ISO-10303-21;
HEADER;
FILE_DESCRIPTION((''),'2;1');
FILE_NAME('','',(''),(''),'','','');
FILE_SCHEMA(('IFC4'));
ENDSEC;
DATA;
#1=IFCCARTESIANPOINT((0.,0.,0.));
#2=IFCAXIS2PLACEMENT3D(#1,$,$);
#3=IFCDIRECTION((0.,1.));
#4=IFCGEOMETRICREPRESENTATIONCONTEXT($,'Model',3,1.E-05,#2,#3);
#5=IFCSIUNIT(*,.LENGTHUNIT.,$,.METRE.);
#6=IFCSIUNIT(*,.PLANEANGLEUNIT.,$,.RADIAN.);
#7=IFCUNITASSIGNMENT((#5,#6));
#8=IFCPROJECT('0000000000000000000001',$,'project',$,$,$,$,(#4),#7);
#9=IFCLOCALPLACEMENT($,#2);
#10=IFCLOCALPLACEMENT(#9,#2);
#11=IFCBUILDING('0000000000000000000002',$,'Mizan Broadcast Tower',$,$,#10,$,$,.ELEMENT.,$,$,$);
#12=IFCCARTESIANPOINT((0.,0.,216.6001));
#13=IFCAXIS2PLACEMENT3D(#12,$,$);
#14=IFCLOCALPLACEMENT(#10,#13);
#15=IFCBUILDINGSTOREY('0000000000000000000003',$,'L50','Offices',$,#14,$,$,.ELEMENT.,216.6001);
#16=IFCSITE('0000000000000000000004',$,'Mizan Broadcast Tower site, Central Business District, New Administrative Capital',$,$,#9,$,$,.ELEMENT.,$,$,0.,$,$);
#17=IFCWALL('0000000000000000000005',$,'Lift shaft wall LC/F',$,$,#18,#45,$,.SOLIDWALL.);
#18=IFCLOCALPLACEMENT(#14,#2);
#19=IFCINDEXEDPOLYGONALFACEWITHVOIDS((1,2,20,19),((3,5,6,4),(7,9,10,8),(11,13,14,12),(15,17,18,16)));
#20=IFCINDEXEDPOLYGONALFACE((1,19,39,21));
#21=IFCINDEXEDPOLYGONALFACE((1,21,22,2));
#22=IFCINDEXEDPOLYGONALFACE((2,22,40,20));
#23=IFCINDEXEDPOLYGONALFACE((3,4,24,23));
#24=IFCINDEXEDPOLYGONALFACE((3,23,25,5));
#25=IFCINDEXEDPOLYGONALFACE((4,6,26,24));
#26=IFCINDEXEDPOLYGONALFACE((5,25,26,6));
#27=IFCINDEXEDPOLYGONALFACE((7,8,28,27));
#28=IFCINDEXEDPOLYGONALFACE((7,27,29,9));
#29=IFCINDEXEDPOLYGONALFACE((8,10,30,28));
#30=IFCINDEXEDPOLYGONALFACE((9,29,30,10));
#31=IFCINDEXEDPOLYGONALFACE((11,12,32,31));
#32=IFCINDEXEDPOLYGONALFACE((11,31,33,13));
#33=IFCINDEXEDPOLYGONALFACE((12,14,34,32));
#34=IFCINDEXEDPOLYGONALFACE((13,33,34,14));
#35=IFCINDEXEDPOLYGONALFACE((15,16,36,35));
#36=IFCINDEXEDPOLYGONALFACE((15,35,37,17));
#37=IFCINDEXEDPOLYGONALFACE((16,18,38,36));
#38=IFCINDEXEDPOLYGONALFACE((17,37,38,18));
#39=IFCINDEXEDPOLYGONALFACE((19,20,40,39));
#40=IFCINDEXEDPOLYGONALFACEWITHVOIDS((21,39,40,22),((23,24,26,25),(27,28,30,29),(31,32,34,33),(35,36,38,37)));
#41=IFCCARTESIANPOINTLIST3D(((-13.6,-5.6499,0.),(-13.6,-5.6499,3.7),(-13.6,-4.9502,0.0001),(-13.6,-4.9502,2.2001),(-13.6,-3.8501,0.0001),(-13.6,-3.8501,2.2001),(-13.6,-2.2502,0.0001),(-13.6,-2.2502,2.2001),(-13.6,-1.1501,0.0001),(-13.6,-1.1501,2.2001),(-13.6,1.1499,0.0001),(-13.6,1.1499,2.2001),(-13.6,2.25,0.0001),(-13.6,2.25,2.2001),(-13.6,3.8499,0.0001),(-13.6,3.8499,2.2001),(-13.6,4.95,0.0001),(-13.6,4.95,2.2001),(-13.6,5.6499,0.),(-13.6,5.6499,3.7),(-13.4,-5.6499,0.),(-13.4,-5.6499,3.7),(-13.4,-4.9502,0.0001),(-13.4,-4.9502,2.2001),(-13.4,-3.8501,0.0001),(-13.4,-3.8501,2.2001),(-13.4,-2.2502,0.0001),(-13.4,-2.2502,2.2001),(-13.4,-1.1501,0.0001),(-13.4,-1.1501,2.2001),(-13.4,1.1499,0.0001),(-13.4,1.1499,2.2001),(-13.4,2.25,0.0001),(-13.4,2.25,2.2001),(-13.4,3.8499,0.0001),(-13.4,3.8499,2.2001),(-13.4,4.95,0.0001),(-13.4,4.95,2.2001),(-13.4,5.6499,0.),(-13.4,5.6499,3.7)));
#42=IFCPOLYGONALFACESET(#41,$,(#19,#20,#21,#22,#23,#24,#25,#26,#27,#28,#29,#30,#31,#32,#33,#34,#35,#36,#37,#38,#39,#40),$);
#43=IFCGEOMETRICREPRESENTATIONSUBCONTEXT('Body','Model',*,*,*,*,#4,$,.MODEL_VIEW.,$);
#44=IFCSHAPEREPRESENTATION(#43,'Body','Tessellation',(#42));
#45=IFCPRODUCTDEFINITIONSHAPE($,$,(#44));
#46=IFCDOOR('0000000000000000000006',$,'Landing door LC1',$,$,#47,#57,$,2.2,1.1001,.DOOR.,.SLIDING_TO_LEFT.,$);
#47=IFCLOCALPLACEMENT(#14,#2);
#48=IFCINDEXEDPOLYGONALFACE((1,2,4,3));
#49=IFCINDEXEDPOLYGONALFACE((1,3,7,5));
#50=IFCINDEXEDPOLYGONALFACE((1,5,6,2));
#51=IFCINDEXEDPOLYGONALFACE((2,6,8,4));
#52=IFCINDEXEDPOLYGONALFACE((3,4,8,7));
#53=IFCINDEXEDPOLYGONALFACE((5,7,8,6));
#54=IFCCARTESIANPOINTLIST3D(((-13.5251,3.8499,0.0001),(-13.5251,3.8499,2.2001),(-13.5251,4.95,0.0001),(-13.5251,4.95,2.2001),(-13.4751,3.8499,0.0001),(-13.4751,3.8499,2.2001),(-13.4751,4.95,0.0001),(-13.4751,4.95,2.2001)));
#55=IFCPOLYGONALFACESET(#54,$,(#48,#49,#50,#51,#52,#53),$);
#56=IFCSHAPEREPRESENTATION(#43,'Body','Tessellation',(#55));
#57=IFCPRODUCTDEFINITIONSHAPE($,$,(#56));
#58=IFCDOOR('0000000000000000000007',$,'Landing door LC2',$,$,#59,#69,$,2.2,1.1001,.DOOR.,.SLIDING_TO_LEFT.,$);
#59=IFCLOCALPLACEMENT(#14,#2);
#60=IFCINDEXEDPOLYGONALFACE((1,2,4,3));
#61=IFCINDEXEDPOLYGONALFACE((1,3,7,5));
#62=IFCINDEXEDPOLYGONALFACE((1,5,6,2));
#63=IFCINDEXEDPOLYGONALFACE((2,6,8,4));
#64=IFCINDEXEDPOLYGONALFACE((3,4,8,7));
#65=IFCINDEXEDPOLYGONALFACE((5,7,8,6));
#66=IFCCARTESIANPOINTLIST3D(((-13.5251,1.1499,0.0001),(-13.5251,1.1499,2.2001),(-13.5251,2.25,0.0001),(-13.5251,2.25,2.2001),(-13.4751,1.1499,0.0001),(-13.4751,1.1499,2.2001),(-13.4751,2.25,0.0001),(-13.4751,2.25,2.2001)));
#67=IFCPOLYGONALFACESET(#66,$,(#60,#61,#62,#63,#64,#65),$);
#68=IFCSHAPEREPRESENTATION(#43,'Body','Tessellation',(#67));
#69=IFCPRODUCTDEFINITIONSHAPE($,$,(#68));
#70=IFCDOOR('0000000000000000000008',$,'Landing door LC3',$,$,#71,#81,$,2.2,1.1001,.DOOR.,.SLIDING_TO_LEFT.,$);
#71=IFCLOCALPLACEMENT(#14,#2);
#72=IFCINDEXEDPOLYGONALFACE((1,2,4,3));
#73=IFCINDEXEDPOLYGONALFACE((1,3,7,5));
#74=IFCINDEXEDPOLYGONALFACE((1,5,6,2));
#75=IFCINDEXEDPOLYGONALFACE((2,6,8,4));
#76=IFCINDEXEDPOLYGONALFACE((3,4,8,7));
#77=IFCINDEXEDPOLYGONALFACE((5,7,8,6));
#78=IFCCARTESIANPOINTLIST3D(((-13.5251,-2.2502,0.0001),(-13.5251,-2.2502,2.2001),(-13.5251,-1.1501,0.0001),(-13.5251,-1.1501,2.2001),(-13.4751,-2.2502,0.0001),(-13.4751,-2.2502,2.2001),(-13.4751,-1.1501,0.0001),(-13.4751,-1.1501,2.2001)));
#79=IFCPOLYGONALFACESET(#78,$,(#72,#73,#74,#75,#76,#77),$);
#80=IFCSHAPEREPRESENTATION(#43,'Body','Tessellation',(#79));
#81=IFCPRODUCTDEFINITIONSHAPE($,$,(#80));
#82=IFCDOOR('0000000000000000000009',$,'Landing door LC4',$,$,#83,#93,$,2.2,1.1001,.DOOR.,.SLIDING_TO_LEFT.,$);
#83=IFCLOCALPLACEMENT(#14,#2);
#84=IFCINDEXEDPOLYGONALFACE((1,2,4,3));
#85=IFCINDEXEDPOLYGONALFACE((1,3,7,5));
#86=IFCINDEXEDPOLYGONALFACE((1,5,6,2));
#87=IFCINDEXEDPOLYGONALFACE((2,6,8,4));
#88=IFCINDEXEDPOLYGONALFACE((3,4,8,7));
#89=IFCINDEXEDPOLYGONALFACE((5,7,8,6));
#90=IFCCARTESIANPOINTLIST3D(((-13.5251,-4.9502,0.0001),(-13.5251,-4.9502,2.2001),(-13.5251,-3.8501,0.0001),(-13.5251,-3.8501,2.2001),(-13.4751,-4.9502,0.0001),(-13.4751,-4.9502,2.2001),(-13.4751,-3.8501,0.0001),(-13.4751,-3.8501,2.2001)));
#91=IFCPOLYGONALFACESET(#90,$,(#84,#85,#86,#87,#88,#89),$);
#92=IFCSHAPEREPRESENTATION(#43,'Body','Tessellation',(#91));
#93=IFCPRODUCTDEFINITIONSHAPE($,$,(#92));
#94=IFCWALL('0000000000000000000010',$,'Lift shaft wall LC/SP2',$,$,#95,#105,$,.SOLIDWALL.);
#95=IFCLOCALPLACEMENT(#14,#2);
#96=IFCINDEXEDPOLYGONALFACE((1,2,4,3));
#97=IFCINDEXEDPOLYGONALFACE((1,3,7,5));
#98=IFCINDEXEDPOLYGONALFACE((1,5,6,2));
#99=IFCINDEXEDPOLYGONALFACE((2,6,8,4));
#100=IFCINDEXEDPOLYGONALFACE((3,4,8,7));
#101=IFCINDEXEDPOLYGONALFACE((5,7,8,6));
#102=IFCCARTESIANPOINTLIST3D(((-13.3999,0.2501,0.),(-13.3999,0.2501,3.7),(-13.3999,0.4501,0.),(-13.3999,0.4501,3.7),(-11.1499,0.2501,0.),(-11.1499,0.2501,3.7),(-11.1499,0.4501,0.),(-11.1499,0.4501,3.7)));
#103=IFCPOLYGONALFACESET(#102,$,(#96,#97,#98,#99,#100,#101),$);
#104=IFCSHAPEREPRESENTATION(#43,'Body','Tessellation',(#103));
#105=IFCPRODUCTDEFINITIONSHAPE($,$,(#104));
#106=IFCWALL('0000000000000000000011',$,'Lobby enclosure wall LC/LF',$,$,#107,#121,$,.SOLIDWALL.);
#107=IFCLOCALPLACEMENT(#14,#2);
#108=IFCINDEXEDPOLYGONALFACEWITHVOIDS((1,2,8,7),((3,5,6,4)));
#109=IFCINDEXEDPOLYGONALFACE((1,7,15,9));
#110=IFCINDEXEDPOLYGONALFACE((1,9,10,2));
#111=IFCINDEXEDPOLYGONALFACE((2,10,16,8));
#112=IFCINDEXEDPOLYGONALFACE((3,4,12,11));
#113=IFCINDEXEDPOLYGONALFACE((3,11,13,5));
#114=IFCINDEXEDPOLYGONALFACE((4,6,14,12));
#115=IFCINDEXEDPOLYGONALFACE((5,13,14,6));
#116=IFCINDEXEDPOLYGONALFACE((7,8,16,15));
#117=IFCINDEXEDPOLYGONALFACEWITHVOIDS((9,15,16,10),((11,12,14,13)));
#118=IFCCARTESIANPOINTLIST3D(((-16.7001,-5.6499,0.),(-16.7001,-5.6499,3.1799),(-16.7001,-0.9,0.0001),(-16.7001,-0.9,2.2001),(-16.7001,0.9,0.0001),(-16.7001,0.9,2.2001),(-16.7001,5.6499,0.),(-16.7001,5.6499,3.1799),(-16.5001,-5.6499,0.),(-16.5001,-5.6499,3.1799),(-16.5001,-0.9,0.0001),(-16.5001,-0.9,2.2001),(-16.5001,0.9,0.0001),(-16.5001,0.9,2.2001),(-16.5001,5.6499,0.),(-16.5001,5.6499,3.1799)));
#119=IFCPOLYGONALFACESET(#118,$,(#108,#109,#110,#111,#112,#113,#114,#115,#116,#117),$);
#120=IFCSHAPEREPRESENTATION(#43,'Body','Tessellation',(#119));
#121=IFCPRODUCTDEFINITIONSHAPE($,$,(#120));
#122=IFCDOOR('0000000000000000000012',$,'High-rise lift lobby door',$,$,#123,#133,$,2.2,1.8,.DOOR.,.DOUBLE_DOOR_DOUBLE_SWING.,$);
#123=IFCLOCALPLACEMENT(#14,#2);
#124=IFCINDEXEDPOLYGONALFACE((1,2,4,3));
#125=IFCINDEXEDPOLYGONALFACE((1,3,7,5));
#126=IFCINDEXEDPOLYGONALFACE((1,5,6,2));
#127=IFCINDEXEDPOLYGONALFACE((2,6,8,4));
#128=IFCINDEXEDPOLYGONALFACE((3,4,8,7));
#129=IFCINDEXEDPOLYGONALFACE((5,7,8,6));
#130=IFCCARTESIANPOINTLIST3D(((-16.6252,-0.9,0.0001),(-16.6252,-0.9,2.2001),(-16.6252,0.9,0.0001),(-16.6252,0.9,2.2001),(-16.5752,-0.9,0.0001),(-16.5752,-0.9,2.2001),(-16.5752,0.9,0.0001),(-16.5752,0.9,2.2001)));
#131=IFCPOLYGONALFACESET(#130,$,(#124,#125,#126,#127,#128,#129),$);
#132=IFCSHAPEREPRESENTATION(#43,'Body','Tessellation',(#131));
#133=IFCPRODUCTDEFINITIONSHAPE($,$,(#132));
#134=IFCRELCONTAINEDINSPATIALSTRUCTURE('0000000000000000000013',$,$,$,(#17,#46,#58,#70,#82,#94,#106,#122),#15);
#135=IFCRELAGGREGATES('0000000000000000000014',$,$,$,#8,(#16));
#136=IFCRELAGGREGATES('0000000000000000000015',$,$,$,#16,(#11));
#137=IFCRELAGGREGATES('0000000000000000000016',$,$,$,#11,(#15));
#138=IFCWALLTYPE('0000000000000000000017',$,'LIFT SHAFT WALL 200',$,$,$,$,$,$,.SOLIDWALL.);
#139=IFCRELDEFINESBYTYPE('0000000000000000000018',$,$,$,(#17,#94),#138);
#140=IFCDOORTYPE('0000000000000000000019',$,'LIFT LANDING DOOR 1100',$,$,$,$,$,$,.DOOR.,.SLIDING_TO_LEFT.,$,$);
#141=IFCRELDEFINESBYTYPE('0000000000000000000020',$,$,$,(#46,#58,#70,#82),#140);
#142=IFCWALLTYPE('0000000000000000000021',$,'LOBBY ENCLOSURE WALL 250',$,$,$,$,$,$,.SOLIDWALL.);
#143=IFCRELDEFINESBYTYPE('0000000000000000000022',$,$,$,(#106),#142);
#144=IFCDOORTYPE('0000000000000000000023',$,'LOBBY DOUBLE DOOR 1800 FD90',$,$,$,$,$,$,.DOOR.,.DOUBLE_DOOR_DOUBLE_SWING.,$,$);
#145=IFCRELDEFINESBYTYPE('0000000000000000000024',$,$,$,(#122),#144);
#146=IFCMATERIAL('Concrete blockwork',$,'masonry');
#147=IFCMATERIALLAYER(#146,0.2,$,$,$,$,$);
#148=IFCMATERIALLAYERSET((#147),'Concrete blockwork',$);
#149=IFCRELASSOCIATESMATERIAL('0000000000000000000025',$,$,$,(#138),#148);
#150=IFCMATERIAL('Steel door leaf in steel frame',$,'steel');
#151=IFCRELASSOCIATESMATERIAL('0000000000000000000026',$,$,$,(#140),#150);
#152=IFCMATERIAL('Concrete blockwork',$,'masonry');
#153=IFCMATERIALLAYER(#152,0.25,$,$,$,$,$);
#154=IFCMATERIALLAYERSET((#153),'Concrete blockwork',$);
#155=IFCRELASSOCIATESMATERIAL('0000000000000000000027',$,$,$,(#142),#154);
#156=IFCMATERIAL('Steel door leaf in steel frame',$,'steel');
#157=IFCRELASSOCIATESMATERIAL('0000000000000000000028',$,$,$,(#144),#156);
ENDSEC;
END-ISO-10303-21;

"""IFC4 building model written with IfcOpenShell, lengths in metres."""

from ifc_helpers import new_model, si_unit, direction, frame, frame_2d, origin, place, context, subcontext, project, spatial, rectangle, extrude, material, layer, layer_set, type_object, element, fill, save


model = new_model("IFC4")

# Units and contexts
model_context = context("Model", 3, precision=1e-05, world=origin(), true_north=direction((0.0, 1.0)))
body_context = subcontext(model_context, "Body", "Model", "MODEL_VIEW")
ifc_project = project(units=[si_unit("LENGTHUNIT", "METRE"), si_unit("PLANEANGLEUNIT", "RADIAN")], contexts=[model_context])

# Site, building, storey
site_placement = place(None, origin())
site = spatial("IfcSite", under=ifc_project, at=site_placement, Name="Mizan Broadcast Tower site, Central Business District, New Administrative Capital", CompositionType="ELEMENT", RefElevation=0.0)
building_placement = place(site_placement, origin())
building = spatial("IfcBuilding", under=site, at=building_placement, Name="Mizan Broadcast Tower", CompositionType="ELEMENT")
storey_placement = place(building_placement, frame((0.0, 0.0, 216.6001)))
storey = spatial("IfcBuildingStorey", under=building, at=storey_placement, Name="L50", Description="Offices", CompositionType="ELEMENT", Elevation=216.6001)

# Wall, openings, doors
ifc_material_1 = material(Name="Concrete blockwork", Category="masonry")
ifc_layer_1 = layer(ifc_material_1, 0.2)
ifc_layer_set_1 = layer_set([ifc_layer_1], Name="Concrete blockwork")
wall_type_1 = type_object("IfcWallType", Name="LIFT SHAFT WALL 200", PredefinedType="SOLIDWALL", material=ifc_layer_set_1)
wall_1_placement = place(storey_placement, frame((-13.5, 5.6499, 0.0), z_axis=(0.0, 0.0, 1.0), x_axis=(0.0, -1.0, 0.0)))
wall_1 = element("IfcWall", 1, at=wall_1_placement, inside=storey, type_object=wall_type_1, Name="Lift shaft wall LC/F", PredefinedType="SOLIDWALL", context=body_context, shape_type="SweptSolid", body=[
    extrude(rectangle(XDim=11.2998, YDim=0.2, at=frame_2d((5.6499, 0.0))), origin(), (0.0, 0.0, 1.0), 3.7),
])
opening_1_placement = place(wall_1_placement, frame((0.7, 0.0, 0.0)))
opening_1 = element("IfcOpeningElement", 2, at=opening_1_placement, cuts=wall_1, PredefinedType="OPENING", context=body_context, shape_type="SweptSolid", body=[
    extrude(rectangle(XDim=1.1001, YDim=2.2, at=frame_2d((0.55, 1.1001))), frame((0.0, 0.1099, 0.0), z_axis=(0.0, -1.0, 0.0), x_axis=(1.0, 0.0, 0.0)), (0.0, 0.0, 1.0), 0.22),
])
opening_2_placement = place(wall_1_placement, frame((3.3999, 0.0, 0.0)))
opening_2 = element("IfcOpeningElement", 3, at=opening_2_placement, cuts=wall_1, PredefinedType="OPENING", context=body_context, shape_type="SweptSolid", body=[
    extrude(rectangle(XDim=1.1001, YDim=2.2, at=frame_2d((0.55, 1.1001))), frame((0.0, 0.1099, 0.0), z_axis=(0.0, -1.0, 0.0), x_axis=(1.0, 0.0, 0.0)), (0.0, 0.0, 1.0), 0.22),
])
opening_3_placement = place(wall_1_placement, frame((6.8, 0.0, 0.0)))
opening_3 = element("IfcOpeningElement", 4, at=opening_3_placement, cuts=wall_1, PredefinedType="OPENING", context=body_context, shape_type="SweptSolid", body=[
    extrude(rectangle(XDim=1.1001, YDim=2.2, at=frame_2d((0.55, 1.1001))), frame((0.0, 0.1099, 0.0), z_axis=(0.0, -1.0, 0.0), x_axis=(1.0, 0.0, 0.0)), (0.0, 0.0, 1.0), 0.22),
])
opening_4_placement = place(wall_1_placement, frame((9.5, 0.0, 0.0)))
opening_4 = element("IfcOpeningElement", 5, at=opening_4_placement, cuts=wall_1, PredefinedType="OPENING", context=body_context, shape_type="SweptSolid", body=[
    extrude(rectangle(XDim=1.1001, YDim=2.2, at=frame_2d((0.55, 1.1001))), frame((0.0, 0.1099, 0.0), z_axis=(0.0, -1.0, 0.0), x_axis=(1.0, 0.0, 0.0)), (0.0, 0.0, 1.0), 0.22),
])
ifc_material_2 = material(Name="Steel door leaf in steel frame", Category="steel")
door_type_1 = type_object("IfcDoorType", Name="LIFT LANDING DOOR 1100", OperationType="SLIDING_TO_LEFT", PredefinedType="DOOR", material=ifc_material_2)
door_1_placement = place(opening_1_placement, origin())
door_1 = element("IfcDoor", 6, at=door_1_placement, inside=storey, type_object=door_type_1, Name="Landing door LC1", OperationType="SLIDING_TO_LEFT", OverallHeight=2.2, OverallWidth=1.1001, PredefinedType="DOOR", context=body_context, shape_type="SweptSolid", body=[
    extrude(rectangle(XDim=1.1001, YDim=2.2, at=frame_2d((0.55, 1.1001))), frame((0.0, 0.0249, 0.0), z_axis=(0.0, -1.0, 0.0), x_axis=(1.0, 0.0, 0.0)), (0.0, 0.0, 1.0), 0.05),
])
fill(opening_1, door_1)
door_2_placement = place(opening_2_placement, origin())
door_2 = element("IfcDoor", 7, at=door_2_placement, inside=storey, type_object=door_type_1, Name="Landing door LC2", OperationType="SLIDING_TO_LEFT", OverallHeight=2.2, OverallWidth=1.1001, PredefinedType="DOOR", context=body_context, shape_type="SweptSolid", body=[
    extrude(rectangle(XDim=1.1001, YDim=2.2, at=frame_2d((0.55, 1.1001))), frame((0.0, 0.0249, 0.0), z_axis=(0.0, -1.0, 0.0), x_axis=(1.0, 0.0, 0.0)), (0.0, 0.0, 1.0), 0.05),
])
fill(opening_2, door_2)
door_3_placement = place(opening_3_placement, origin())
door_3 = element("IfcDoor", 8, at=door_3_placement, inside=storey, type_object=door_type_1, Name="Landing door LC3", OperationType="SLIDING_TO_LEFT", OverallHeight=2.2, OverallWidth=1.1001, PredefinedType="DOOR", context=body_context, shape_type="SweptSolid", body=[
    extrude(rectangle(XDim=1.1001, YDim=2.2, at=frame_2d((0.55, 1.1001))), frame((0.0, 0.0249, 0.0), z_axis=(0.0, -1.0, 0.0), x_axis=(1.0, 0.0, 0.0)), (0.0, 0.0, 1.0), 0.05),
])
fill(opening_3, door_3)
door_4_placement = place(opening_4_placement, origin())
door_4 = element("IfcDoor", 9, at=door_4_placement, inside=storey, type_object=door_type_1, Name="Landing door LC4", OperationType="SLIDING_TO_LEFT", OverallHeight=2.2, OverallWidth=1.1001, PredefinedType="DOOR", context=body_context, shape_type="SweptSolid", body=[
    extrude(rectangle(XDim=1.1001, YDim=2.2, at=frame_2d((0.55, 1.1001))), frame((0.0, 0.0249, 0.0), z_axis=(0.0, -1.0, 0.0), x_axis=(1.0, 0.0, 0.0)), (0.0, 0.0, 1.0), 0.05),
])
fill(opening_4, door_4)

# Wall
wall_2_placement = place(storey_placement, frame((-11.1499, 0.3501, 0.0), z_axis=(0.0, 0.0, 1.0), x_axis=(-1.0, 0.0, 0.0)))
element("IfcWall", 10, at=wall_2_placement, inside=storey, type_object=wall_type_1, Name="Lift shaft wall LC/SP2", PredefinedType="SOLIDWALL", context=body_context, shape_type="SweptSolid", body=[
    extrude(rectangle(XDim=2.25, YDim=0.2, at=frame_2d((1.125, 0.0))), origin(), (0.0, 0.0, 1.0), 3.7),
])

# Wall, opening, door
ifc_material_3 = material(Name="Concrete blockwork", Category="masonry")
ifc_layer_2 = layer(ifc_material_3, 0.25)
ifc_layer_set_2 = layer_set([ifc_layer_2], Name="Concrete blockwork")
wall_type_2 = type_object("IfcWallType", Name="LOBBY ENCLOSURE WALL 250", PredefinedType="SOLIDWALL", material=ifc_layer_set_2)
wall_3_placement = place(storey_placement, frame((-16.6001, 5.6499, 0.0), z_axis=(0.0, 0.0, 1.0), x_axis=(0.0, -1.0, 0.0)))
wall_3 = element("IfcWall", 11, at=wall_3_placement, inside=storey, type_object=wall_type_2, Name="Lobby enclosure wall LC/LF", PredefinedType="SOLIDWALL", context=body_context, shape_type="SweptSolid", body=[
    extrude(rectangle(XDim=11.2998, YDim=0.2, at=frame_2d((5.6499, 0.0))), origin(), (0.0, 0.0, 1.0), 3.1799),
])
opening_5_placement = place(wall_3_placement, frame((4.75, 0.0, 0.0)))
opening_5 = element("IfcOpeningElement", 12, at=opening_5_placement, cuts=wall_3, PredefinedType="OPENING", context=body_context, shape_type="SweptSolid", body=[
    extrude(rectangle(XDim=1.8, YDim=2.2, at=frame_2d((0.8999, 1.1001))), frame((0.0, 0.1099, 0.0), z_axis=(0.0, -1.0, 0.0), x_axis=(1.0, 0.0, 0.0)), (0.0, 0.0, 1.0), 0.22),
])
ifc_material_4 = material(Name="Steel door leaf in steel frame", Category="steel")
door_type_2 = type_object("IfcDoorType", Name="LOBBY DOUBLE DOOR 1800 FD90", OperationType="DOUBLE_DOOR_DOUBLE_SWING", PredefinedType="DOOR", material=ifc_material_4)
door_5_placement = place(opening_5_placement, origin())
door_5 = element("IfcDoor", 13, at=door_5_placement, inside=storey, type_object=door_type_2, Name="High-rise lift lobby door", OperationType="DOUBLE_DOOR_DOUBLE_SWING", OverallHeight=2.2, OverallWidth=1.8, PredefinedType="DOOR", context=body_context, shape_type="SweptSolid", body=[
    extrude(rectangle(XDim=1.8, YDim=2.2, at=frame_2d((0.8999, 1.1001))), frame((0.0, 0.0249, 0.0), z_axis=(0.0, -1.0, 0.0), x_axis=(1.0, 0.0, 0.0)), (0.0, 0.0, 1.0), 0.05),
])
fill(opening_5, door_5)

save(model, "model.ifc")
